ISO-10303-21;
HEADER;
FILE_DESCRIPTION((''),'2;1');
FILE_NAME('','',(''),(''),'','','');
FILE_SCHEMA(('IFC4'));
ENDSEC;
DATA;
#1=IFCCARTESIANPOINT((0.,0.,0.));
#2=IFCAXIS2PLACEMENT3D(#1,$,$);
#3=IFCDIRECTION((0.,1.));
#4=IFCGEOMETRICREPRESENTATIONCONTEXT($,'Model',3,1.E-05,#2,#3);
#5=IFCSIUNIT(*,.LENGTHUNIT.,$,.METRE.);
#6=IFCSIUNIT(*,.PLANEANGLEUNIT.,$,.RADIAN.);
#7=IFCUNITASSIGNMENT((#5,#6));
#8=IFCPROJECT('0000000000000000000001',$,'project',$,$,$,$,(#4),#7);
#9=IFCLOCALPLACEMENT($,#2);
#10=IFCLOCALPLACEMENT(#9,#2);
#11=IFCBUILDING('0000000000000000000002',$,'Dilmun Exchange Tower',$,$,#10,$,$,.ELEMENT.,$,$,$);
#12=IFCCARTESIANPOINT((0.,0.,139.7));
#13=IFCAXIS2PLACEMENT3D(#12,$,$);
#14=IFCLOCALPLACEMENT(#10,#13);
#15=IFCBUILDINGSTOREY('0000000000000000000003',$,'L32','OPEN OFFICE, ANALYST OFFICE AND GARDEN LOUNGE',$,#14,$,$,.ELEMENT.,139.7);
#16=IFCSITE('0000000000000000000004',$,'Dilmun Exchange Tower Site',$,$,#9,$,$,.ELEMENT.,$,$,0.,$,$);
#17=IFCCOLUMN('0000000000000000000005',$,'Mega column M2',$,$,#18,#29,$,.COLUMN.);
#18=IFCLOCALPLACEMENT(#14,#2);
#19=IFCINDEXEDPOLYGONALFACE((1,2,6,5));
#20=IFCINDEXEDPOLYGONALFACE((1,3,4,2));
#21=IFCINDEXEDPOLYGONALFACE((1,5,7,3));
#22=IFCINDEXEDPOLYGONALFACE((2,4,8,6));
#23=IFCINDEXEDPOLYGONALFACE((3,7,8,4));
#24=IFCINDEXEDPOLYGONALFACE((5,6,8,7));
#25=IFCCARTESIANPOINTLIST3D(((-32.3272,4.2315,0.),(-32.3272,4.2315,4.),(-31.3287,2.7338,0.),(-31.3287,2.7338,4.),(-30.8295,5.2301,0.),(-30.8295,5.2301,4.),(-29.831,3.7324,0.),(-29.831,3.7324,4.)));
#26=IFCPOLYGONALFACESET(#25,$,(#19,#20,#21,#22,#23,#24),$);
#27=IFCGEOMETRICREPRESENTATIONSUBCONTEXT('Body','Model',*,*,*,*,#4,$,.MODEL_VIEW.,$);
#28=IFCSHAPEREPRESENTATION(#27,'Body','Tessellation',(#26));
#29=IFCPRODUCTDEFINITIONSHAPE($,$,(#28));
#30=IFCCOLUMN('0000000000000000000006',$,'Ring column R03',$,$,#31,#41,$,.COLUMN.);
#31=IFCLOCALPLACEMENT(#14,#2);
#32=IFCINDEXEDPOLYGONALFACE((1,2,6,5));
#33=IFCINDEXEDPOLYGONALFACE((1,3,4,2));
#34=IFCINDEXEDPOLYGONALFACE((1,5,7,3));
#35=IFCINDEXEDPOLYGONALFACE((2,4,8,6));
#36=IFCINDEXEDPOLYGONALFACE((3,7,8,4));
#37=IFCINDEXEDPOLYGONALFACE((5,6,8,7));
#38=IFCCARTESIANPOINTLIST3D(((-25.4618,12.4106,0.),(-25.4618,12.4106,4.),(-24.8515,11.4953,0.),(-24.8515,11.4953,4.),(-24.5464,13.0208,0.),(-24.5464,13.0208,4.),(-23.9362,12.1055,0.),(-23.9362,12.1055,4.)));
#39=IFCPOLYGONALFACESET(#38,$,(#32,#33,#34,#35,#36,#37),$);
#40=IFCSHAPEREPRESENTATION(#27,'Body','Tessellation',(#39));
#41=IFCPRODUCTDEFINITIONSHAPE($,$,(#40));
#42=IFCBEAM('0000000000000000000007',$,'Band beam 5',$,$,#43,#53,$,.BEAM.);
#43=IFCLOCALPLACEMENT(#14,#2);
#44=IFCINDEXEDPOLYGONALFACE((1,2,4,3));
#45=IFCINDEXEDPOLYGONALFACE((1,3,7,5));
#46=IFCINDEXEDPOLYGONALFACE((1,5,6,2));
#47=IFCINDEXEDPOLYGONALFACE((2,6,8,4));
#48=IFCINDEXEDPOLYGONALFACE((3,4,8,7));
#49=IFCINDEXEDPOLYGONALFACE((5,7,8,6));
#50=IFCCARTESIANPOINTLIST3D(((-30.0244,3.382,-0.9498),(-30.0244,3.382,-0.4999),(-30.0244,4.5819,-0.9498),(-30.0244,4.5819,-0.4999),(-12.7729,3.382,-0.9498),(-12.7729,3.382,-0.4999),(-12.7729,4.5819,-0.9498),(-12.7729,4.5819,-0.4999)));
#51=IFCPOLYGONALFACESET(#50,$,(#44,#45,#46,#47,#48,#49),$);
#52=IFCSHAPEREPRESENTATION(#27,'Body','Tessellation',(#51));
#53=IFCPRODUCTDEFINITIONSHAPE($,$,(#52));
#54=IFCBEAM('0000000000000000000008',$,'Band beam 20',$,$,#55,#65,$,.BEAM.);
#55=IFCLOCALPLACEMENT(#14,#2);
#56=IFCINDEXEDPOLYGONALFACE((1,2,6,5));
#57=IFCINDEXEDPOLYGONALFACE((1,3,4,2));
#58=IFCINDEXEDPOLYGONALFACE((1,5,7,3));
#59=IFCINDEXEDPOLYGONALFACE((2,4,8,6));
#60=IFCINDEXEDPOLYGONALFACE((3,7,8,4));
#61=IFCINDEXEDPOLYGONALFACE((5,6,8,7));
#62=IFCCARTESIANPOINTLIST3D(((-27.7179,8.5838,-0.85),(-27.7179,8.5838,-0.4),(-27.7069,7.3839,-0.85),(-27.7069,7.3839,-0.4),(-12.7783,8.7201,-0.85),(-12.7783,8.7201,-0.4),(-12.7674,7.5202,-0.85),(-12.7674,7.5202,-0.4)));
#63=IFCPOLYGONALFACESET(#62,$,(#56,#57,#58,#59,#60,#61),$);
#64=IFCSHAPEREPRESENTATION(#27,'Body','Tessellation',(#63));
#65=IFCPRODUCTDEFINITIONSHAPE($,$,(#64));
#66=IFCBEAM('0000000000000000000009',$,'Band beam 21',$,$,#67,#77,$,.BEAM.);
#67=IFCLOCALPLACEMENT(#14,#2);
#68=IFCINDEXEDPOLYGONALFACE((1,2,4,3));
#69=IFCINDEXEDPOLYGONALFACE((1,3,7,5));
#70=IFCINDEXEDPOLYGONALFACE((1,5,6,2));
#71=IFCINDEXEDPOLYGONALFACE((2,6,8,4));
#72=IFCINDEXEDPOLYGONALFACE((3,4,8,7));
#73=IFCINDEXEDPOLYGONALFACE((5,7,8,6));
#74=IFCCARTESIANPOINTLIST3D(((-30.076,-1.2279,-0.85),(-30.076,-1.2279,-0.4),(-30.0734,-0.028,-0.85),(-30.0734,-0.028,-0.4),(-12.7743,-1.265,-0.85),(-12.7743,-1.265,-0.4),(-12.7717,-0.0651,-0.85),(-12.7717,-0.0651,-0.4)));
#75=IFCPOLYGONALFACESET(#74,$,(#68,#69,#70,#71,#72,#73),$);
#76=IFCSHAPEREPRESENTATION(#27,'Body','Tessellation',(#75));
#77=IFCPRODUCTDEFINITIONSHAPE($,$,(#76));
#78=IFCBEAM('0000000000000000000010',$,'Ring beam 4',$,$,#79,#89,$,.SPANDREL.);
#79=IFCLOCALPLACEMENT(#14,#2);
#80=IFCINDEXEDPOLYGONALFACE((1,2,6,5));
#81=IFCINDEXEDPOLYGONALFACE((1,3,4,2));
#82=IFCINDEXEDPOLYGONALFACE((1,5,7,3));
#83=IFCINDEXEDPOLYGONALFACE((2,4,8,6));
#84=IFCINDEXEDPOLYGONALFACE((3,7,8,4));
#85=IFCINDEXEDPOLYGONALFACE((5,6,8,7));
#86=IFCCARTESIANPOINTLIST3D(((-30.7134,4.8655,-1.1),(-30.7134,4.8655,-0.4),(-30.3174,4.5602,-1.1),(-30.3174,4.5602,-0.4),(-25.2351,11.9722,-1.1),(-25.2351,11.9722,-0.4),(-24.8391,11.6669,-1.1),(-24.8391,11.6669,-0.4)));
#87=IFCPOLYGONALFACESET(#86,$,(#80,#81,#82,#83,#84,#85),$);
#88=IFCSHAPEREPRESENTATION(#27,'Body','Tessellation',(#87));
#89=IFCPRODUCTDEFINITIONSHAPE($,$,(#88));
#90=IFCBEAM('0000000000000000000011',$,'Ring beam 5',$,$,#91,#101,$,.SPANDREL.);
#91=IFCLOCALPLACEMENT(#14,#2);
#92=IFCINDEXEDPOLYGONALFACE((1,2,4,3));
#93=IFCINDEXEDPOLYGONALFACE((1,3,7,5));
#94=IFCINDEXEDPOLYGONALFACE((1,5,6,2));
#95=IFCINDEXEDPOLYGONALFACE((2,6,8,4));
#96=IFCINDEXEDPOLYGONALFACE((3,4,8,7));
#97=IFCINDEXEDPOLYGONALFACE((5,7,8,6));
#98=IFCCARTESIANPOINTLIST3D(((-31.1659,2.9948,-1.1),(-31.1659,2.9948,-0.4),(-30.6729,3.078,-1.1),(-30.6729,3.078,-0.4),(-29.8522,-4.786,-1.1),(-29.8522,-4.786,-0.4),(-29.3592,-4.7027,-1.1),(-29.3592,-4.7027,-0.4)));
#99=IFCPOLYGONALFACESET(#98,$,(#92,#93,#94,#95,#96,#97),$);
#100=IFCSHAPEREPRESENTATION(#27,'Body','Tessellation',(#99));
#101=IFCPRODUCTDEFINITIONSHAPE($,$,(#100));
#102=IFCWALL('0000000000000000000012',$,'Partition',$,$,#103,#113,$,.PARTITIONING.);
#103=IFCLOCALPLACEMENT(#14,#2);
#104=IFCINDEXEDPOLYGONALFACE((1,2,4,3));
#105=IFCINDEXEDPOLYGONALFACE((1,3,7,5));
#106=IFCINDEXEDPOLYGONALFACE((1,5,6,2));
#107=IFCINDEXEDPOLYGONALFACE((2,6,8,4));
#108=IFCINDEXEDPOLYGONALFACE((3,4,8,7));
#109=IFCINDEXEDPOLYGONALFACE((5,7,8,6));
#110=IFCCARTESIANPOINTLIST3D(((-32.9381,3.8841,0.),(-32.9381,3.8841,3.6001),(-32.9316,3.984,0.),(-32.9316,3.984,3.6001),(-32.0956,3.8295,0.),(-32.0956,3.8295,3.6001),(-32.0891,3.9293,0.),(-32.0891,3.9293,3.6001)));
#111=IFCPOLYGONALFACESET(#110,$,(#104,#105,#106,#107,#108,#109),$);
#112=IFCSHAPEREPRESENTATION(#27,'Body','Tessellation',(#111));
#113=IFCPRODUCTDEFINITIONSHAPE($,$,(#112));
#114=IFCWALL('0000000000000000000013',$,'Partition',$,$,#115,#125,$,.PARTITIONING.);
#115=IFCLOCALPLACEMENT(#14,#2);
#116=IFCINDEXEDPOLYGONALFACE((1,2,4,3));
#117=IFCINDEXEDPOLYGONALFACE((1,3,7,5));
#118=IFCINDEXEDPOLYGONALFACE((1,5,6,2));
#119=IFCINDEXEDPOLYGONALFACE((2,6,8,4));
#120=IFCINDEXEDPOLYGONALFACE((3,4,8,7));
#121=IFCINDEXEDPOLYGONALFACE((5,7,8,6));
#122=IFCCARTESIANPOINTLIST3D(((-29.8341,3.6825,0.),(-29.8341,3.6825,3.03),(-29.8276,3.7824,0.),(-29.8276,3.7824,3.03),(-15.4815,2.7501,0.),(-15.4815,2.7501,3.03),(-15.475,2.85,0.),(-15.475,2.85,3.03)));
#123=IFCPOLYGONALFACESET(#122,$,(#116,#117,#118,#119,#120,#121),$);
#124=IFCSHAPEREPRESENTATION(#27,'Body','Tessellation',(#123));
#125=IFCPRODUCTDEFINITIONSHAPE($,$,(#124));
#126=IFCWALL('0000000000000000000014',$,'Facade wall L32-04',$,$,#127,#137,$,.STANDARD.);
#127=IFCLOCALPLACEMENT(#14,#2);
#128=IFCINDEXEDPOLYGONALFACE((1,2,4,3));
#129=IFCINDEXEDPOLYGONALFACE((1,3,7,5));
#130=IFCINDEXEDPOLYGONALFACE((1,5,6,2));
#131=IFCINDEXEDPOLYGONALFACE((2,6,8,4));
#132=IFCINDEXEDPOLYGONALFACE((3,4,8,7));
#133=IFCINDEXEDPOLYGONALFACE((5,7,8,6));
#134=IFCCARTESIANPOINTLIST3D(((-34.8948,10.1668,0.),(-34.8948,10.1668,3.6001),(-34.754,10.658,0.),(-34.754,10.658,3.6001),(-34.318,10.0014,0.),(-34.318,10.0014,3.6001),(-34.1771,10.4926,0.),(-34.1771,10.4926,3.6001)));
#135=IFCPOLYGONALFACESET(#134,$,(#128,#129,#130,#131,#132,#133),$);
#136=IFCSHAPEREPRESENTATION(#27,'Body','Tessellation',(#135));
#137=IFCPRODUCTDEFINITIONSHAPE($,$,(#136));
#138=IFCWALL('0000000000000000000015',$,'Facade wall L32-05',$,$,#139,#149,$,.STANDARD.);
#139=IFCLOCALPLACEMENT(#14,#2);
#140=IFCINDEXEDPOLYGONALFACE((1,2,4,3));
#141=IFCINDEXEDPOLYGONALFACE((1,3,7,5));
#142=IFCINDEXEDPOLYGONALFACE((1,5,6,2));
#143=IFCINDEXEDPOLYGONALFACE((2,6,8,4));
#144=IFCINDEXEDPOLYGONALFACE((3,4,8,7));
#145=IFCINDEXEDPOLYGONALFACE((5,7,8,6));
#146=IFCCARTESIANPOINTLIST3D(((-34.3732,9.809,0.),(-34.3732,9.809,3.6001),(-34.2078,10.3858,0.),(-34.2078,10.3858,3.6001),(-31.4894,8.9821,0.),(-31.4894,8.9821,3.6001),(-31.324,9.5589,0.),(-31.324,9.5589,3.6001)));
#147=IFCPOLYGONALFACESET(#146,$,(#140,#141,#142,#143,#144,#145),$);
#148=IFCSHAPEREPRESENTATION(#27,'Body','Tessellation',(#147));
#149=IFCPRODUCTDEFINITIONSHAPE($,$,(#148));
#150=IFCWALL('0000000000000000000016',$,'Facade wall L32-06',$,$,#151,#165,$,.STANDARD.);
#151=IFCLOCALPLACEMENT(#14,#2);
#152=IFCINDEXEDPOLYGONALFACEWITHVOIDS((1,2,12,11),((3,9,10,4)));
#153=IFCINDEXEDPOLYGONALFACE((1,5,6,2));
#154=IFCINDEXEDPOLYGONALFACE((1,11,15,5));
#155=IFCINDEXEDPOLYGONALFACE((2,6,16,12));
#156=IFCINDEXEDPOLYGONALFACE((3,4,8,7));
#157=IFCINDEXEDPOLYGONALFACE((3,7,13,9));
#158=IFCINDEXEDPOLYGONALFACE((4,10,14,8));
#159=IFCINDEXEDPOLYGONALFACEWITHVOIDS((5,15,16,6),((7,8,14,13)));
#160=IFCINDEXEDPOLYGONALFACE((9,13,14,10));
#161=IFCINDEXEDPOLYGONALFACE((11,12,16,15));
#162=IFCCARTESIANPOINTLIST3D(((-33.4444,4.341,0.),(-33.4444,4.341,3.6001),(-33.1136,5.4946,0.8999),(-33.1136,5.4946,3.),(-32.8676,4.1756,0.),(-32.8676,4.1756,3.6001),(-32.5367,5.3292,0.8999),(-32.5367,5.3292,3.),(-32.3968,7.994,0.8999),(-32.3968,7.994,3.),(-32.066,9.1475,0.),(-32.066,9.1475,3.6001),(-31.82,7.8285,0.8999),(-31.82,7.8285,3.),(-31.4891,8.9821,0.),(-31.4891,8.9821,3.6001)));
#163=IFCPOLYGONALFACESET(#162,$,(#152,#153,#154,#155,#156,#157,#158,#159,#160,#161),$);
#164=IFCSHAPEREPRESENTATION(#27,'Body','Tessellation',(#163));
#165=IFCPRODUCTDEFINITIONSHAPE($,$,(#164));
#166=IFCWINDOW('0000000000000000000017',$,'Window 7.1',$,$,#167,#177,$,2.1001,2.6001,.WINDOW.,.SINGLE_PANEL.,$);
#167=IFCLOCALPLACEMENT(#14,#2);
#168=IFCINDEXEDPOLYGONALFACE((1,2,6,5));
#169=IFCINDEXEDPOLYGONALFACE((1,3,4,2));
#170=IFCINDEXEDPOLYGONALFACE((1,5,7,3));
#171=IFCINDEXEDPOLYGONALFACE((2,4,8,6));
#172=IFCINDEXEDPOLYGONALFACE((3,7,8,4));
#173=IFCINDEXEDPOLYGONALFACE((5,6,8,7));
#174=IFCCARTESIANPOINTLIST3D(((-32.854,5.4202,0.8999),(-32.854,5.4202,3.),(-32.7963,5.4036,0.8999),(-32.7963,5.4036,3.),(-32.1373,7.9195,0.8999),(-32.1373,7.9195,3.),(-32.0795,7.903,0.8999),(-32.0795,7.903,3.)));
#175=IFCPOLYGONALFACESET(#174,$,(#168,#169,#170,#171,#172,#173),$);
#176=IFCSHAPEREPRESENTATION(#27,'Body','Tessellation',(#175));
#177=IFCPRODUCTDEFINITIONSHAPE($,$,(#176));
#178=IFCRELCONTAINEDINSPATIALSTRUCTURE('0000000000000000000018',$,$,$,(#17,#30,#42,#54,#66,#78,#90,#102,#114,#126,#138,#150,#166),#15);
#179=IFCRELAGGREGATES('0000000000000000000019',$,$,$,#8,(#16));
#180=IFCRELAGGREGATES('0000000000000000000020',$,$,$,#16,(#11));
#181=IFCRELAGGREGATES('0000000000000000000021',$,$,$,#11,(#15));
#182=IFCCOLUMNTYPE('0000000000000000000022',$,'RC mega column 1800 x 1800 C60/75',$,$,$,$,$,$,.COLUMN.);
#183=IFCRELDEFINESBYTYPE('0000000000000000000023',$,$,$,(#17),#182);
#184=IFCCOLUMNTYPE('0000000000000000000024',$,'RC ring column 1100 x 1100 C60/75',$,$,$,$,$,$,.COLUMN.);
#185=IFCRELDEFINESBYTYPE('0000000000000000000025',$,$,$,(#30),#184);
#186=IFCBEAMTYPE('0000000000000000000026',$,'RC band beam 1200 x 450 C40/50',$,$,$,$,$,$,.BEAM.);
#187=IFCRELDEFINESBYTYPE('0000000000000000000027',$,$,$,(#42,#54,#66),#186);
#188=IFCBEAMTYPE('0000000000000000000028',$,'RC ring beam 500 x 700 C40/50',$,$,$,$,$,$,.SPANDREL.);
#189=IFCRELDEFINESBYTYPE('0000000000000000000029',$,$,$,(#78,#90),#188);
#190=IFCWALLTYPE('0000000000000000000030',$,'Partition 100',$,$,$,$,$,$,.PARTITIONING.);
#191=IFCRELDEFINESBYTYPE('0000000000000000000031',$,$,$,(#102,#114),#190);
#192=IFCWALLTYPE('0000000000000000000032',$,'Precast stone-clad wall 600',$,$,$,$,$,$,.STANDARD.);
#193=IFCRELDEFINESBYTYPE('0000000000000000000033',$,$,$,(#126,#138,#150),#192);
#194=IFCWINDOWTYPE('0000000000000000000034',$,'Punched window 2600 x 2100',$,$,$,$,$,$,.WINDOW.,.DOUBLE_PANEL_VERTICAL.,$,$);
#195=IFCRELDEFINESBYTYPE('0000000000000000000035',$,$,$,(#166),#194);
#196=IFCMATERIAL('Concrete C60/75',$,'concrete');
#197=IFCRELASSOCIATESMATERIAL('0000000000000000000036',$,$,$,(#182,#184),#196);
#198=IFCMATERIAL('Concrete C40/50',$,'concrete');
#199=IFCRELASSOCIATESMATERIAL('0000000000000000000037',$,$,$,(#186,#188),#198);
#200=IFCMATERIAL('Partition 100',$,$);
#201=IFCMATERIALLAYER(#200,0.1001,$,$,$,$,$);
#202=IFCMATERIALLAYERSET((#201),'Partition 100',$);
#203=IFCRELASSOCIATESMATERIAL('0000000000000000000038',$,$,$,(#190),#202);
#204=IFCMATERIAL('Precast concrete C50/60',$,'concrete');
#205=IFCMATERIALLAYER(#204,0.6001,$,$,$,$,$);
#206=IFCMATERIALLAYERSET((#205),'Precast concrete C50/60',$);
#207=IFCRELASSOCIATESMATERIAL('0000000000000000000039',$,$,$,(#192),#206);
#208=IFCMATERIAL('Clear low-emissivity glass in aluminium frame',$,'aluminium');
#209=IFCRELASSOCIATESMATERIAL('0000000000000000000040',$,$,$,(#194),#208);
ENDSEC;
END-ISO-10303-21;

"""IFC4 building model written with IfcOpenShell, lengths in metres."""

from ifc_helpers import new_model, si_unit, direction, frame, frame_2d, origin, origin_2d, place, context, subcontext, project, spatial, rectangle, extrude, material, layer, layer_set, material_profile, profile_set, type_object, element, fill, save


model = new_model("IFC4")

# Units and contexts
model_context = context("Model", 3, precision=1e-05, world=origin(), true_north=direction((0.0, 1.0)))
body_context = subcontext(model_context, "Body", "Model", "MODEL_VIEW")
ifc_project = project(units=[si_unit("LENGTHUNIT", "METRE"), si_unit("PLANEANGLEUNIT", "RADIAN")], contexts=[model_context])

# Site, building, storey
site_placement = place(None, origin())
site = spatial("IfcSite", under=ifc_project, at=site_placement, Name="Dilmun Exchange Tower Site", CompositionType="ELEMENT", RefElevation=0.0)
building_placement = place(site_placement, origin())
building = spatial("IfcBuilding", under=site, at=building_placement, Name="Dilmun Exchange Tower", CompositionType="ELEMENT")
storey_placement = place(building_placement, frame((0.0, 0.0, 139.7)))
storey = spatial("IfcBuildingStorey", under=building, at=storey_placement, Name="L32", Description="OPEN OFFICE, ANALYST OFFICE AND GARDEN LOUNGE", CompositionType="ELEMENT", Elevation=139.7)

# Columns
ifc_material_1 = material(Name="Concrete C60/75", Category="concrete")
ifc_material_profile_1 = material_profile(ifc_material_1, rectangle(XDim=1.8, YDim=1.8, at=origin_2d()), Name="1800 x 1800")
ifc_profile_set_1 = profile_set([ifc_material_profile_1], Name="Concrete C60/75")
column_type_1 = type_object("IfcColumnType", Name="RC mega column 1800 x 1800 C60/75", PredefinedType="COLUMN", material=ifc_profile_set_1)
column_1_placement = place(storey_placement, frame((-31.0791, 3.9819, 0.0), z_axis=(0.0, 0.0, 1.0), x_axis=(0.832029, 0.554733, 0.0)))
element("IfcColumn", 1, at=column_1_placement, inside=storey, type_object=column_type_1, Name="Mega column M2", PredefinedType="COLUMN", context=body_context, shape_type="SweptSolid", body=[
    extrude(rectangle(XDim=1.8, YDim=1.8, at=origin_2d()), origin(), (0.0, 0.0, 1.0), 4.0),
])
ifc_material_profile_2 = material_profile(ifc_material_1, rectangle(XDim=1.1001, YDim=1.1001, at=origin_2d()), Name="1100 x 1100")
ifc_profile_set_2 = profile_set([ifc_material_profile_2], Name="Concrete C60/75")
column_type_2 = type_object("IfcColumnType", Name="RC ring column 1100 x 1100 C60/75", PredefinedType="COLUMN", material=ifc_profile_set_2)
column_2_placement = place(storey_placement, frame((-24.699, 12.2581, 0.0), z_axis=(0.0, 0.0, 1.0), x_axis=(0.832029, 0.554733, 0.0)))
element("IfcColumn", 2, at=column_2_placement, inside=storey, type_object=column_type_2, Name="Ring column R03", PredefinedType="COLUMN", context=body_context, shape_type="SweptSolid", body=[
    extrude(rectangle(XDim=1.1001, YDim=1.1001, at=origin_2d()), origin(), (0.0, 0.0, 1.0), 4.0),
])

# Beams
ifc_material_2 = material(Name="Concrete C40/50", Category="concrete")
ifc_material_profile_3 = material_profile(ifc_material_2, rectangle(XDim=1.2, YDim=0.45, at=origin_2d()), Name="1200 x 450")
ifc_profile_set_3 = profile_set([ifc_material_profile_3], Name="Concrete C40/50")
beam_type_1 = type_object("IfcBeamType", Name="RC band beam 1200 x 450 C40/50", PredefinedType="BEAM", material=ifc_profile_set_3)
beam_1_placement = place(storey_placement, frame((-30.0244, 3.9819, -0.7249), z_axis=(1.0, 0.0, 0.0), x_axis=(0.0, 1.0, 0.0)))
element("IfcBeam", 3, at=beam_1_placement, inside=storey, type_object=beam_type_1, Name="Band beam 5", PredefinedType="BEAM", context=body_context, shape_type="SweptSolid", body=[
    extrude(rectangle(XDim=1.2, YDim=0.45, at=origin_2d()), origin(), (0.0, 0.0, 1.0), 17.2515),
])
beam_2_placement = place(storey_placement, frame((-27.7124, 7.9839, -0.625), z_axis=(0.999958, 0.009118, 0.0), x_axis=(-0.009118, 0.999958, 0.0)))
element("IfcBeam", 4, at=beam_2_placement, inside=storey, type_object=beam_type_1, Name="Band beam 20", PredefinedType="BEAM", context=body_context, shape_type="SweptSolid", body=[
    extrude(rectangle(XDim=1.2, YDim=0.45, at=origin_2d()), origin(), (0.0, 0.0, 1.0), 14.9402),
])
beam_3_placement = place(storey_placement, frame((-30.0747, -0.6279, -0.625), z_axis=(0.999998, -0.002145, 0.0), x_axis=(0.002145, 0.999998, 0.0)))
element("IfcBeam", 5, at=beam_3_placement, inside=storey, type_object=beam_type_1, Name="Band beam 21", PredefinedType="BEAM", context=body_context, shape_type="SweptSolid", body=[
    extrude(rectangle(XDim=1.2, YDim=0.45, at=origin_2d()), origin(), (0.0, 0.0, 1.0), 17.3018),
])
ifc_material_profile_4 = material_profile(ifc_material_2, rectangle(XDim=0.5, YDim=0.7, at=origin_2d()), Name="500 x 700")
ifc_profile_set_4 = profile_set([ifc_material_profile_4], Name="Concrete C40/50")
beam_type_2 = type_object("IfcBeamType", Name="RC ring beam 500 x 700 C40/50", PredefinedType="SPANDREL", material=ifc_profile_set_4)
beam_4_placement = place(storey_placement, frame((-25.0371, 11.8196, -0.75), z_axis=(-0.610522, -0.792, 0.0), x_axis=(0.792, -0.610522, 0.0)))
element("IfcBeam", 6, at=beam_4_placement, inside=storey, type_object=beam_type_2, Name="Ring beam 4", PredefinedType="SPANDREL", context=body_context, shape_type="SweptSolid", body=[
    extrude(rectangle(XDim=0.5, YDim=0.7, at=origin_2d()), origin(), (0.0, 0.0, 1.0), 8.9731),
])
beam_5_placement = place(storey_placement, frame((-30.9194, 3.0364, -0.75), z_axis=(0.166486, -0.986044, 0.0), x_axis=(0.986044, 0.166486, 0.0)))
element("IfcBeam", 7, at=beam_5_placement, inside=storey, type_object=beam_type_2, Name="Ring beam 5", PredefinedType="SPANDREL", context=body_context, shape_type="SweptSolid", body=[
    extrude(rectangle(XDim=0.5, YDim=0.7, at=origin_2d()), origin(), (0.0, 0.0, 1.0), 7.8909),
])

# Walls
ifc_material_3 = material(Name="Partition 100")
ifc_layer_1 = layer(ifc_material_3, 0.1001)
ifc_layer_set_1 = layer_set([ifc_layer_1], Name="Partition 100")
wall_type_1 = type_object("IfcWallType", Name="Partition 100", PredefinedType="PARTITIONING", material=ifc_layer_set_1)
wall_1_placement = place(storey_placement, frame((-32.9348, 3.9341, 0.0), z_axis=(0.0, 0.0, 1.0), x_axis=(0.9979, -0.064772, 0.0)))
element("IfcWall", 8, at=wall_1_placement, inside=storey, type_object=wall_type_1, Name="Partition", PredefinedType="PARTITIONING", context=body_context, shape_type="SweptSolid", body=[
    extrude(rectangle(XDim=0.8442, YDim=0.1001, at=frame_2d((0.4221, 0.0))), origin(), (0.0, 0.0, 1.0), 3.6001),
])
wall_2_placement = place(storey_placement, frame((-29.8308, 3.7324, 0.0), z_axis=(0.0, 0.0, 1.0), x_axis=(0.997897, -0.064826, 0.0)))
element("IfcWall", 9, at=wall_2_placement, inside=storey, type_object=wall_type_1, Name="Partition", PredefinedType="PARTITIONING", context=body_context, shape_type="SweptSolid", body=[
    extrude(rectangle(XDim=14.3828, YDim=0.1001, at=frame_2d((7.1914, 0.0))), origin(), (0.0, 0.0, 1.0), 3.03),
])
ifc_material_4 = material(Name="Precast concrete C50/60", Category="concrete")
ifc_layer_2 = layer(ifc_material_4, 0.6001)
ifc_layer_set_2 = layer_set([ifc_layer_2], Name="Precast concrete C50/60")
wall_type_2 = type_object("IfcWallType", Name="Precast stone-clad wall 600", PredefinedType="STANDARD", material=ifc_layer_set_2)
wall_3_placement = place(storey_placement, frame((-34.4656, 10.5752, 0.0), z_axis=(0.0, 0.0, 1.0), x_axis=(-0.275668, -0.961253, 0.0)))
element("IfcWall", 10, at=wall_3_placement, inside=storey, type_object=wall_type_2, Name="Facade wall L32-04", PredefinedType="STANDARD", context=body_context, shape_type="SweptSolid", body=[
    extrude(rectangle(XDim=0.511, YDim=0.6001, at=frame_2d((0.2554, 0.0))), origin(), (0.0, 0.0, 1.0), 3.6001),
])
wall_4_placement = place(storey_placement, frame((-34.2905, 10.0974, 0.0), z_axis=(0.0, 0.0, 1.0), x_axis=(0.961262, -0.275635, 0.0)))
element("IfcWall", 11, at=wall_4_placement, inside=storey, type_object=wall_type_2, Name="Facade wall L32-05", PredefinedType="STANDARD", context=body_context, shape_type="SweptSolid", body=[
    extrude(rectangle(XDim=3.0, YDim=0.6001, at=frame_2d((1.5, 0.0))), origin(), (0.0, 0.0, 1.0), 3.6001),
])

# Wall, opening, window
wall_5_placement = place(storey_placement, frame((-31.7776, 9.0647, 0.0), z_axis=(0.0, 0.0, 1.0), x_axis=(-0.275675, -0.961251, 0.0)))
wall_5 = element("IfcWall", 12, at=wall_5_placement, inside=storey, type_object=wall_type_2, Name="Facade wall L32-06", PredefinedType="STANDARD", context=body_context, shape_type="SweptSolid", body=[
    extrude(rectangle(XDim=5.0002, YDim=0.6001, at=frame_2d((2.5, 0.0))), origin(), (0.0, 0.0, 1.0), 3.6001),
])
opening_1_placement = place(wall_5_placement, frame((1.2, 0.0, 0.8999)))
opening_1 = element("IfcOpeningElement", 13, at=opening_1_placement, cuts=wall_5, PredefinedType="OPENING", context=body_context, shape_type="SweptSolid", body=[
    extrude(rectangle(XDim=2.6001, YDim=2.1001, at=frame_2d((1.3, 1.05))), frame((0.0, 0.3101, 0.0), z_axis=(0.0, -1.0, 0.0), x_axis=(1.0, 0.0, 0.0)), (0.0, 0.0, 1.0), 0.6201),
])
ifc_material_5 = material(Name="Clear low-emissivity glass in aluminium frame", Category="aluminium")
window_type_1 = type_object("IfcWindowType", Name="Punched window 2600 x 2100", PartitioningType="DOUBLE_PANEL_VERTICAL", PredefinedType="WINDOW", material=ifc_material_5)
window_1_placement = place(opening_1_placement, origin())
window_1 = element("IfcWindow", 14, at=window_1_placement, inside=storey, type_object=window_type_1, Name="Window 7.1", OverallHeight=2.1001, OverallWidth=2.6001, PartitioningType="SINGLE_PANEL", PredefinedType="WINDOW", context=body_context, shape_type="SweptSolid", body=[
    extrude(rectangle(XDim=2.6001, YDim=2.1001, at=frame_2d((1.3, 1.05))), frame((0.0, 0.03, 0.0), z_axis=(0.0, -1.0, 0.0), x_axis=(1.0, 0.0, 0.0)), (0.0, 0.0, 1.0), 0.0601),
])
fill(opening_1, window_1)

save(model, "model.ifc")
